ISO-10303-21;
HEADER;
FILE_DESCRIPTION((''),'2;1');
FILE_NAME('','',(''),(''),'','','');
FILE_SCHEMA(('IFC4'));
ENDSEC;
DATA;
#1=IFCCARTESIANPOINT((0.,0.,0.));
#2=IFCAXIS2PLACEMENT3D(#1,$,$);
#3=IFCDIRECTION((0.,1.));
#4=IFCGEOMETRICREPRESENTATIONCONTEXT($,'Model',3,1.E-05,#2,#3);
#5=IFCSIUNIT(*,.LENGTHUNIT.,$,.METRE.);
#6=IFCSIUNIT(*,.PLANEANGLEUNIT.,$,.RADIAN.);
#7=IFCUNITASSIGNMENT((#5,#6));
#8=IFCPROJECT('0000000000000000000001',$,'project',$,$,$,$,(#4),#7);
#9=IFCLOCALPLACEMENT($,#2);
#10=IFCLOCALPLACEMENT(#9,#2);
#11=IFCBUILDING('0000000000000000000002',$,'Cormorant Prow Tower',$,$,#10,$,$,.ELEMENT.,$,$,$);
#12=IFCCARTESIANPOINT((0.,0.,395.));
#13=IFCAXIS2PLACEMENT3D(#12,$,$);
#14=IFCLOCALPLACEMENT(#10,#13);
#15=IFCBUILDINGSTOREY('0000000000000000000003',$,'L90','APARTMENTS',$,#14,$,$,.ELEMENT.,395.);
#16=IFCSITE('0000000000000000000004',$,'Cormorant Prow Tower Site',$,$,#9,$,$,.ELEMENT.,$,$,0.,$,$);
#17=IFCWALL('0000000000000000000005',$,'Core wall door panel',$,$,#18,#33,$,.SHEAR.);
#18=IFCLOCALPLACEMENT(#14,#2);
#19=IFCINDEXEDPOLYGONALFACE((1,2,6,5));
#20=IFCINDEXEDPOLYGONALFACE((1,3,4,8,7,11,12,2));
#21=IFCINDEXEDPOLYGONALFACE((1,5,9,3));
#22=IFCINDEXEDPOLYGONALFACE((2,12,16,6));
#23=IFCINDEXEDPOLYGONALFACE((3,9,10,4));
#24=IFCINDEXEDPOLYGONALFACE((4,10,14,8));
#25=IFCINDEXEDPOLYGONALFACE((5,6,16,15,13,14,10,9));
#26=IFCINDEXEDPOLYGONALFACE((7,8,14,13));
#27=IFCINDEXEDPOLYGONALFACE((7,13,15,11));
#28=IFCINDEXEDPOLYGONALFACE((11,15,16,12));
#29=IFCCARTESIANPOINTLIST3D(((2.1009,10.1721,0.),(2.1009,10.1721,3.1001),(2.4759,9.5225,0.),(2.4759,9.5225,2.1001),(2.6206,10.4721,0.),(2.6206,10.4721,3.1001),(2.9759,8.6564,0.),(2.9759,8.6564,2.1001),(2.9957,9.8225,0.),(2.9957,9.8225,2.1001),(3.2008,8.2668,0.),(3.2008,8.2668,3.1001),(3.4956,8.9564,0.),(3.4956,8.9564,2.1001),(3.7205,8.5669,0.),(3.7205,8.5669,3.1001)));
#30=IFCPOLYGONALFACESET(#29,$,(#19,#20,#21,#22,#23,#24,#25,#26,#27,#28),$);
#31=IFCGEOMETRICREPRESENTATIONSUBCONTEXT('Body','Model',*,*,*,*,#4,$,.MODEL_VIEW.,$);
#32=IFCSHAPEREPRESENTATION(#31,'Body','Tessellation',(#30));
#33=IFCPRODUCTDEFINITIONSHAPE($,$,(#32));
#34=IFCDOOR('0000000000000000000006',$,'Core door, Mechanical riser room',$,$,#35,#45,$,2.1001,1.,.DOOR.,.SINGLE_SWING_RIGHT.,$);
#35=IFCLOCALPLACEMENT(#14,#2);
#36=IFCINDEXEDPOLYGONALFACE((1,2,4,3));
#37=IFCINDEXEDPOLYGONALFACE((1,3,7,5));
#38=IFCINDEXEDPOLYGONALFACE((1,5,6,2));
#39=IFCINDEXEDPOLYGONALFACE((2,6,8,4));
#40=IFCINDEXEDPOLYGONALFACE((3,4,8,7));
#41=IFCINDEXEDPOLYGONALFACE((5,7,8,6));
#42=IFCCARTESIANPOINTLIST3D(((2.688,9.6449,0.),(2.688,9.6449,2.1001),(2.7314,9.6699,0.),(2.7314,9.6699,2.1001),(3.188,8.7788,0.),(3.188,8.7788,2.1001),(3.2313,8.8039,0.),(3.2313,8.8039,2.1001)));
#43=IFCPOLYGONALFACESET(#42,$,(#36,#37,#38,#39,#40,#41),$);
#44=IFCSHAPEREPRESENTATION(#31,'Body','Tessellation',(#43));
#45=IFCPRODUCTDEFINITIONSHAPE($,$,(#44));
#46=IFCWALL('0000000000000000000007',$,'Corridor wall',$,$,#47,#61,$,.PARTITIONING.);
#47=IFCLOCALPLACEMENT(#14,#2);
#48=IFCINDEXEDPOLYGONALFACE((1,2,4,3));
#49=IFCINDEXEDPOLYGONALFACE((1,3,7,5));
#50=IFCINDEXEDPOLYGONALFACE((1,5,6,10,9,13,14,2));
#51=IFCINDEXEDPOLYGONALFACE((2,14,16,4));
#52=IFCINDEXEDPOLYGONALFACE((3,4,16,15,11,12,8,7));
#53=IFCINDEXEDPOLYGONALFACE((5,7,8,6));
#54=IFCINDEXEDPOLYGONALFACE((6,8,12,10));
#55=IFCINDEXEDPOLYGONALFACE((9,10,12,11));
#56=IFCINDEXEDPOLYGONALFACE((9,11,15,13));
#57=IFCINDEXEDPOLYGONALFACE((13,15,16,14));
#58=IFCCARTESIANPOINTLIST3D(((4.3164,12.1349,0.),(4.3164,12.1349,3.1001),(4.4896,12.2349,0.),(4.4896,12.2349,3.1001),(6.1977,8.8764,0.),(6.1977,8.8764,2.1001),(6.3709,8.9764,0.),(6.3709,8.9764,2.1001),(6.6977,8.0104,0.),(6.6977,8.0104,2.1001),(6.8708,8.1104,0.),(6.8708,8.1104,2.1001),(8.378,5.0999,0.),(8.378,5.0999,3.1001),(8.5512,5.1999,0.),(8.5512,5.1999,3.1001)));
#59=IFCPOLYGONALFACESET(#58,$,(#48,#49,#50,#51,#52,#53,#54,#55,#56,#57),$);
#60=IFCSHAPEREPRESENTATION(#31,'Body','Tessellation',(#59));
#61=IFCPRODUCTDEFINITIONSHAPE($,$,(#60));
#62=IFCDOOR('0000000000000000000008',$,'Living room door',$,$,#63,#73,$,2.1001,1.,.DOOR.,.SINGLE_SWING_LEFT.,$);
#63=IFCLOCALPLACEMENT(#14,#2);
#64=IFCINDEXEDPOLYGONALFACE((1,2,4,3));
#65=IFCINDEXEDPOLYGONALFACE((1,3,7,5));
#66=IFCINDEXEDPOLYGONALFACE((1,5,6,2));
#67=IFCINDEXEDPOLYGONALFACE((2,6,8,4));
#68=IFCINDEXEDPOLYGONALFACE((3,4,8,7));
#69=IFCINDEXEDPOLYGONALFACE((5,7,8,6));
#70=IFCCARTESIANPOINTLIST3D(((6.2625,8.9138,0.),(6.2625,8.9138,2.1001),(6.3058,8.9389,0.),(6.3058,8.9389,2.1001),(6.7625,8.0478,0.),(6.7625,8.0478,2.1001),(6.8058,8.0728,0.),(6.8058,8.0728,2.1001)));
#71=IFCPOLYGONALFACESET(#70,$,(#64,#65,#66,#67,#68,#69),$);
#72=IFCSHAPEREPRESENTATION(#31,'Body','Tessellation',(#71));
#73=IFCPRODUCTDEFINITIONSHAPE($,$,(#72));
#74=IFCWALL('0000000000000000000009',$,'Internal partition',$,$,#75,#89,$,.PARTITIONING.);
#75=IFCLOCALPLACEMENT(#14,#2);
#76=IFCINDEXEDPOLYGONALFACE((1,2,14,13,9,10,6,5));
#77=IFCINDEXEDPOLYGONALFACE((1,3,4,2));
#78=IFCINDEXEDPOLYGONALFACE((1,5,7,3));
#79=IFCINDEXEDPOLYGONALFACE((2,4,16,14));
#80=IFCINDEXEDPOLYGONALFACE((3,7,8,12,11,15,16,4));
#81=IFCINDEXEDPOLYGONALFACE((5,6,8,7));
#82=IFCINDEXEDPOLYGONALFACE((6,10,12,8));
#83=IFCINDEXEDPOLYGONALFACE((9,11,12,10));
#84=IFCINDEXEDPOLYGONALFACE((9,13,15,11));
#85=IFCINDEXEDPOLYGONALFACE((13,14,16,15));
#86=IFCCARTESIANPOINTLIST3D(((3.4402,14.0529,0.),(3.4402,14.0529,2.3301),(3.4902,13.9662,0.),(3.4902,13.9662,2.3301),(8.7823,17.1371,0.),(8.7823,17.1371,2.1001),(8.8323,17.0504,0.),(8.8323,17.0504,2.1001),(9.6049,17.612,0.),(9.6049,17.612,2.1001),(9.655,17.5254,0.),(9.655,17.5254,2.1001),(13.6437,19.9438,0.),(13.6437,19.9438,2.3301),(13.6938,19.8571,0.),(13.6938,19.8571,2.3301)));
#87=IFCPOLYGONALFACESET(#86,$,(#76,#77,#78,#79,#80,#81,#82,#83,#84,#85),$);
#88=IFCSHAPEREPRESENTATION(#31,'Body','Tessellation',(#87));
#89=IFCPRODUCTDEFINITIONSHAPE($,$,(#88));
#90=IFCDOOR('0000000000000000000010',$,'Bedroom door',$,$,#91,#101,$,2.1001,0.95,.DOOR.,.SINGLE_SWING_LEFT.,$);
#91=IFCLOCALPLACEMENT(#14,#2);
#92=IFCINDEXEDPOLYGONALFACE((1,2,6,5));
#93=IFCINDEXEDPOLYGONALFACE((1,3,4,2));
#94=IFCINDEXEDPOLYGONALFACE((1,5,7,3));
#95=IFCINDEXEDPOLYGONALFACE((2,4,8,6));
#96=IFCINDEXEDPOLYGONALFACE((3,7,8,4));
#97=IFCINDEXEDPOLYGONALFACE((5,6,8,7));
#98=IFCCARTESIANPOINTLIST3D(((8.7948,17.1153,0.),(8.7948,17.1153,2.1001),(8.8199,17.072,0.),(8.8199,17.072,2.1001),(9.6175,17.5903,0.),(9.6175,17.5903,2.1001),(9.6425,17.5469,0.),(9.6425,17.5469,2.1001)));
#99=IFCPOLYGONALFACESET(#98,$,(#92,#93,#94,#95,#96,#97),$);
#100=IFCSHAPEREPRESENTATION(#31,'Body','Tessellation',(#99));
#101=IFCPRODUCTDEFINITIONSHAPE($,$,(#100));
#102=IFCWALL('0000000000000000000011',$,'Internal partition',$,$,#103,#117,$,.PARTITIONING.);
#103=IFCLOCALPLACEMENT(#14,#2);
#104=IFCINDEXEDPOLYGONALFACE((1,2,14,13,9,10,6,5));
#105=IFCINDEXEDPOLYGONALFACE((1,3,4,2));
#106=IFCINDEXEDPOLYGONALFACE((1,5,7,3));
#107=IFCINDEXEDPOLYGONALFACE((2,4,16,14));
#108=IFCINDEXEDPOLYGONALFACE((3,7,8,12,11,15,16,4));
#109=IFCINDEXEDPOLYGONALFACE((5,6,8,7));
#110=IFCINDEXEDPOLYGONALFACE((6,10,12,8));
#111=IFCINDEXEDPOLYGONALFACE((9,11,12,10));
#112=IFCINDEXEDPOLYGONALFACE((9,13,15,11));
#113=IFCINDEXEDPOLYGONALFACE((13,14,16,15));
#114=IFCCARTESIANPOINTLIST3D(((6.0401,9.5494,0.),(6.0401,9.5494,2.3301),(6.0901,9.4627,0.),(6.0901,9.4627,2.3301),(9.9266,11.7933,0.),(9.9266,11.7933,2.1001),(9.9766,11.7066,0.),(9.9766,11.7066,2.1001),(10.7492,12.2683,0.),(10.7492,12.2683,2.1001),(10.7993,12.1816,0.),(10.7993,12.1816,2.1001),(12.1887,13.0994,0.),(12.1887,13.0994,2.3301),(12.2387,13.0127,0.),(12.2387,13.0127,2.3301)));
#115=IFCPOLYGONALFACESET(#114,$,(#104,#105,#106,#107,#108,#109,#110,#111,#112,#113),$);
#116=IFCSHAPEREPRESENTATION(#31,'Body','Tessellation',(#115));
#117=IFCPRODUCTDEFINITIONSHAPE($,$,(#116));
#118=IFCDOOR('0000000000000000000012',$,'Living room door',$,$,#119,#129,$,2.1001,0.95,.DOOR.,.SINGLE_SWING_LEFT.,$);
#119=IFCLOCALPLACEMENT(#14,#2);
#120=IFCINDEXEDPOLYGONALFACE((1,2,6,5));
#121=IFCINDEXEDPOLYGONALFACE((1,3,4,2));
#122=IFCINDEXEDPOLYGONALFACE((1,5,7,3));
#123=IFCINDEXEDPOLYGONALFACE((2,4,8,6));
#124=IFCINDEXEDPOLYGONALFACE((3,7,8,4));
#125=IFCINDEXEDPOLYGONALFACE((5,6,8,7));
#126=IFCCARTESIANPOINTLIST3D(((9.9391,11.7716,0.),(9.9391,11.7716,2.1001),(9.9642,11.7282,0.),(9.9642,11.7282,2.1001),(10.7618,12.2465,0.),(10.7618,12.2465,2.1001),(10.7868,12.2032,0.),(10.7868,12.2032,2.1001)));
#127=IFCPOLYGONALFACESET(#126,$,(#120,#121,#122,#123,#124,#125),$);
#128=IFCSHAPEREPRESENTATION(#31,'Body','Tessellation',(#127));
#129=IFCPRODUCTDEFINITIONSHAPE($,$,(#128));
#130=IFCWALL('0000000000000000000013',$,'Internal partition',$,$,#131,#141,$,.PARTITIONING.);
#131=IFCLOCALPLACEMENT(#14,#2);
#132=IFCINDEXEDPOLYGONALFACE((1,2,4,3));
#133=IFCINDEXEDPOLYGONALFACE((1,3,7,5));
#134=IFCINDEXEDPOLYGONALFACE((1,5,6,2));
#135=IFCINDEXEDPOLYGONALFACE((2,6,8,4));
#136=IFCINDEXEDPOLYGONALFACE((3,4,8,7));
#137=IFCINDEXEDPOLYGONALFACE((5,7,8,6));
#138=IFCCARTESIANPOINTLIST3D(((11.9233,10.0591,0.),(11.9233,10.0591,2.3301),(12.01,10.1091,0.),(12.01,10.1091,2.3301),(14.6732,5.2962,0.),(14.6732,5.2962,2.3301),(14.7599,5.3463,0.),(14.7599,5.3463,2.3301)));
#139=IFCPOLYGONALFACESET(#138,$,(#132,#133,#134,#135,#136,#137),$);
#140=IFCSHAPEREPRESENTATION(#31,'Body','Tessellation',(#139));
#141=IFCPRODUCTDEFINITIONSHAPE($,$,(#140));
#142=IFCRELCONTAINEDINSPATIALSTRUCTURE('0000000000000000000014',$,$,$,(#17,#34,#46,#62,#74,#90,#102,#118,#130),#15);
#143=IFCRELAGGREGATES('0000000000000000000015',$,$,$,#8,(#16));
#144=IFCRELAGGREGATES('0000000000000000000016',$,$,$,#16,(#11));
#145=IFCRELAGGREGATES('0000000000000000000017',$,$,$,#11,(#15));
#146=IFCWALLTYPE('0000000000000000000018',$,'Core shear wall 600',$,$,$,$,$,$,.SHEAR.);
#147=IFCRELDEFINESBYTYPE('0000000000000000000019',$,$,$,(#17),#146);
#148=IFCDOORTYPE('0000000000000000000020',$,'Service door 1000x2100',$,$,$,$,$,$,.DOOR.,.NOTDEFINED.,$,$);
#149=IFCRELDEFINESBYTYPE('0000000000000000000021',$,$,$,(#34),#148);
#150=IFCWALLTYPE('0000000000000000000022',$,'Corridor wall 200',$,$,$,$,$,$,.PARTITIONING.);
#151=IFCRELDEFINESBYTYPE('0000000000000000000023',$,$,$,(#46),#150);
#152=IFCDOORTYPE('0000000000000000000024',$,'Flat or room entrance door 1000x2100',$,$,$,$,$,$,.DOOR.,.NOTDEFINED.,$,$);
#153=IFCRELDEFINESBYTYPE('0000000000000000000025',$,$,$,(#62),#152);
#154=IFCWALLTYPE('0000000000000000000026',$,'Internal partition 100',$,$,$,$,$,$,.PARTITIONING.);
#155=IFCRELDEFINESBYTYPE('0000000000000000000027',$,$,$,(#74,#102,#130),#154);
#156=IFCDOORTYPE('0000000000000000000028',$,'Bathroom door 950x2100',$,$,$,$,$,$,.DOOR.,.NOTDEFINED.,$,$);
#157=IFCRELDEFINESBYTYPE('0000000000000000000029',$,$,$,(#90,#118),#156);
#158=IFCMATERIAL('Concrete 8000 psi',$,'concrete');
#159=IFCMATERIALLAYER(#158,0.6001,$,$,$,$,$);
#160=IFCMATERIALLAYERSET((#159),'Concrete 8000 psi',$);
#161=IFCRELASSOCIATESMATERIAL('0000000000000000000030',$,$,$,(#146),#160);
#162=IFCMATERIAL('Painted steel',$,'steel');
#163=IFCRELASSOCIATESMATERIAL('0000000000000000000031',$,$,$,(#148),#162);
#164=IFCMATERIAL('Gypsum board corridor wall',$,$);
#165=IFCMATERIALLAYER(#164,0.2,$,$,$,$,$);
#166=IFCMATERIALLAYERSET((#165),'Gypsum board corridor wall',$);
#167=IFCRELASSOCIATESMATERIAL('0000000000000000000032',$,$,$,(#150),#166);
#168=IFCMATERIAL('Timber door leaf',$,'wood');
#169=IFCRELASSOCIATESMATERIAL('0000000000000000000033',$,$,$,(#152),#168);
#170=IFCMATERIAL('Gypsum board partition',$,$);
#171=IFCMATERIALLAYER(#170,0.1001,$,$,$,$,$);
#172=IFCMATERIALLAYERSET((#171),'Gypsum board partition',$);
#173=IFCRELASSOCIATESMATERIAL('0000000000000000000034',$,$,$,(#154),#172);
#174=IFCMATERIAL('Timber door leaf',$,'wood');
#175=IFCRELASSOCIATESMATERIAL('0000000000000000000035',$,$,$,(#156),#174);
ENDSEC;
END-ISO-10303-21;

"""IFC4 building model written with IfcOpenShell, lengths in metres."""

from ifc_helpers import new_model, si_unit, direction, frame, frame_2d, origin, place, context, subcontext, project, spatial, rectangle, extrude, material, layer, layer_set, type_object, element, fill, save


model = new_model("IFC4")

# Units and contexts
model_context = context("Model", 3, precision=1e-05, world=origin(), true_north=direction((0.0, 1.0)))
body_context = subcontext(model_context, "Body", "Model", "MODEL_VIEW")
ifc_project = project(units=[si_unit("LENGTHUNIT", "METRE"), si_unit("PLANEANGLEUNIT", "RADIAN")], contexts=[model_context])

# Site, building, storey
site_placement = place(None, origin())
site = spatial("IfcSite", under=ifc_project, at=site_placement, Name="Cormorant Prow Tower Site", CompositionType="ELEMENT", RefElevation=0.0)
building_placement = place(site_placement, origin())
building = spatial("IfcBuilding", under=site, at=building_placement, Name="Cormorant Prow Tower", CompositionType="ELEMENT")
storey_placement = place(building_placement, frame((0.0, 0.0, 395.0)))
storey = spatial("IfcBuildingStorey", under=building, at=storey_placement, Name="L90", Description="APARTMENTS", CompositionType="ELEMENT", Elevation=395.0)

# Shared definitions
ifc_material_1 = material(Name="Concrete 8000 psi", Category="concrete")
ifc_layer_1 = layer(ifc_material_1, 0.6001)
ifc_layer_set_1 = layer_set([ifc_layer_1], Name="Concrete 8000 psi")
wall_type_1 = type_object("IfcWallType", Name="Core shear wall 600", PredefinedType="SHEAR", material=ifc_layer_set_1)

# Walls, openings, doors
wall_1_placement = place(storey_placement, frame((3.4607, 8.4167, 0.0), z_axis=(0.0, 0.0, 1.0), x_axis=(-0.499947, 0.866056, 0.0)))
wall_1 = element("IfcWall", 1, at=wall_1_placement, inside=storey, type_object=wall_type_1, Name="Core wall door panel", PredefinedType="SHEAR", context=body_context, shape_type="SweptSolid", body=[
    extrude(rectangle(XDim=2.2, YDim=0.6001, at=frame_2d((1.1001, 0.0))), origin(), (0.0, 0.0, 1.0), 3.1001),
])
opening_1_placement = place(wall_1_placement, frame((0.45, 0.0, 0.0)))
opening_1 = element("IfcOpeningElement", 2, at=opening_1_placement, cuts=wall_1, PredefinedType="OPENING", context=body_context, shape_type="SweptSolid", body=[
    extrude(rectangle(XDim=1.0, YDim=2.1001, at=frame_2d((0.5, 1.05))), frame((0.0, 0.3101, 0.0), z_axis=(0.0, -1.0, 0.0), x_axis=(1.0, 0.0, 0.0)), (0.0, 0.0, 1.0), 0.6201),
])
ifc_material_2 = material(Name="Painted steel", Category="steel")
door_type_1 = type_object("IfcDoorType", Name="Service door 1000x2100", OperationType="NOTDEFINED", PredefinedType="DOOR", material=ifc_material_2)
door_1_placement = place(opening_1_placement, origin())
door_1 = element("IfcDoor", 3, at=door_1_placement, inside=storey, type_object=door_type_1, Name="Core door, Mechanical riser room", OperationType="SINGLE_SWING_RIGHT", OverallHeight=2.1001, OverallWidth=1.0, PredefinedType="DOOR", context=body_context, shape_type="SweptSolid", body=[
    extrude(rectangle(XDim=1.0, YDim=2.1001, at=frame_2d((0.5, 1.05))), frame((0.0, 0.0552, 0.0), z_axis=(0.0, -1.0, 0.0), x_axis=(1.0, 0.0, 0.0)), (0.0, 0.0, 1.0), 0.05),
])
fill(opening_1, door_1)
ifc_material_3 = material(Name="Gypsum board corridor wall")
ifc_layer_2 = layer(ifc_material_3, 0.2)
ifc_layer_set_2 = layer_set([ifc_layer_2], Name="Gypsum board corridor wall")
wall_type_2 = type_object("IfcWallType", Name="Corridor wall 200", PredefinedType="PARTITIONING", material=ifc_layer_set_2)
wall_2_placement = place(storey_placement, frame((4.4031, 12.1848, 0.0), z_axis=(0.0, 0.0, 1.0), x_axis=(0.499992, -0.86603, 0.0)))
wall_2 = element("IfcWall", 4, at=wall_2_placement, inside=storey, type_object=wall_type_2, Name="Corridor wall", PredefinedType="PARTITIONING", context=body_context, shape_type="SweptSolid", body=[
    extrude(rectangle(XDim=8.1233, YDim=0.2, at=frame_2d((4.0615, 0.0))), origin(), (0.0, 0.0, 1.0), 3.1001),
])
opening_2_placement = place(wall_2_placement, frame((3.7625, 0.0, 0.0)))
opening_2 = element("IfcOpeningElement", 5, at=opening_2_placement, cuts=wall_2, PredefinedType="OPENING", context=body_context, shape_type="SweptSolid", body=[
    extrude(rectangle(XDim=1.0, YDim=2.1001, at=frame_2d((0.5, 1.05))), frame((0.0, 0.1099, 0.0), z_axis=(0.0, -1.0, 0.0), x_axis=(1.0, 0.0, 0.0)), (0.0, 0.0, 1.0), 0.22),
])
ifc_material_4 = material(Name="Timber door leaf", Category="wood")
door_type_2 = type_object("IfcDoorType", Name="Flat or room entrance door 1000x2100", OperationType="NOTDEFINED", PredefinedType="DOOR", material=ifc_material_4)
door_2_placement = place(opening_2_placement, origin())
door_2 = element("IfcDoor", 6, at=door_2_placement, inside=storey, type_object=door_type_2, Name="Living room door", OperationType="SINGLE_SWING_LEFT", OverallHeight=2.1001, OverallWidth=1.0, PredefinedType="DOOR", context=body_context, shape_type="SweptSolid", body=[
    extrude(rectangle(XDim=1.0, YDim=2.1001, at=frame_2d((0.5, 1.05))), frame((0.0, 0.0249, 0.0), z_axis=(0.0, -1.0, 0.0), x_axis=(1.0, 0.0, 0.0)), (0.0, 0.0, 1.0), 0.05),
])
fill(opening_2, door_2)
ifc_material_5 = material(Name="Gypsum board partition")
ifc_layer_3 = layer(ifc_material_5, 0.1001)
ifc_layer_set_3 = layer_set([ifc_layer_3], Name="Gypsum board partition")
wall_type_3 = type_object("IfcWallType", Name="Internal partition 100", PredefinedType="PARTITIONING", material=ifc_layer_set_3)
wall_3_placement = place(storey_placement, frame((3.4651, 14.0095, 0.0), z_axis=(0.0, 0.0, 1.0), x_axis=(0.866032, 0.499988, 0.0)))
wall_3 = element("IfcWall", 7, at=wall_3_placement, inside=storey, type_object=wall_type_3, Name="Internal partition", PredefinedType="PARTITIONING", context=body_context, shape_type="SweptSolid", body=[
    extrude(rectangle(XDim=11.782, YDim=0.1001, at=frame_2d((5.8911, 0.0))), origin(), (0.0, 0.0, 1.0), 2.3301),
])
opening_3_placement = place(wall_3_placement, frame((6.1685, 0.0, 0.0)))
opening_3 = element("IfcOpeningElement", 8, at=opening_3_placement, cuts=wall_3, PredefinedType="OPENING", context=body_context, shape_type="SweptSolid", body=[
    extrude(rectangle(XDim=0.95, YDim=2.1001, at=frame_2d((0.4751, 1.05))), frame((0.0, 0.0601, 0.0), z_axis=(0.0, -1.0, 0.0), x_axis=(1.0, 0.0, 0.0)), (0.0, 0.0, 1.0), 0.1201),
])
ifc_material_6 = material(Name="Timber door leaf", Category="wood")
door_type_3 = type_object("IfcDoorType", Name="Bathroom door 950x2100", OperationType="NOTDEFINED", PredefinedType="DOOR", material=ifc_material_6)
door_3_placement = place(opening_3_placement, origin())
door_3 = element("IfcDoor", 9, at=door_3_placement, inside=storey, type_object=door_type_3, Name="Bedroom door", OperationType="SINGLE_SWING_LEFT", OverallHeight=2.1001, OverallWidth=0.95, PredefinedType="DOOR", context=body_context, shape_type="SweptSolid", body=[
    extrude(rectangle(XDim=0.95, YDim=2.1001, at=frame_2d((0.4751, 1.05))), frame((0.0, 0.0249, 0.0), z_axis=(0.0, -1.0, 0.0), x_axis=(1.0, 0.0, 0.0)), (0.0, 0.0, 1.0), 0.05),
])
fill(opening_3, door_3)
wall_4_placement = place(storey_placement, frame((6.0652, 9.5061, 0.0), z_axis=(0.0, 0.0, 1.0), x_axis=(0.866019, 0.500011, 0.0)))
wall_4 = element("IfcWall", 10, at=wall_4_placement, inside=storey, type_object=wall_type_3, Name="Internal partition", PredefinedType="PARTITIONING", context=body_context, shape_type="SweptSolid", body=[
    extrude(rectangle(XDim=7.0999, YDim=0.1001, at=frame_2d((3.5498, 0.0))), origin(), (0.0, 0.0, 1.0), 2.3301),
])
opening_4_placement = place(wall_4_placement, frame((4.4875, 0.0, 0.0)))
opening_4 = element("IfcOpeningElement", 11, at=opening_4_placement, cuts=wall_4, PredefinedType="OPENING", context=body_context, shape_type="SweptSolid", body=[
    extrude(rectangle(XDim=0.95, YDim=2.1001, at=frame_2d((0.4751, 1.05))), frame((0.0, 0.0601, 0.0), z_axis=(0.0, -1.0, 0.0), x_axis=(1.0, 0.0, 0.0)), (0.0, 0.0, 1.0), 0.1201),
])
door_4_placement = place(opening_4_placement, origin())
door_4 = element("IfcDoor", 12, at=door_4_placement, inside=storey, type_object=door_type_3, Name="Living room door", OperationType="SINGLE_SWING_LEFT", OverallHeight=2.1001, OverallWidth=0.95, PredefinedType="DOOR", context=body_context, shape_type="SweptSolid", body=[
    extrude(rectangle(XDim=0.95, YDim=2.1001, at=frame_2d((0.4751, 1.05))), frame((0.0, 0.0249, 0.0), z_axis=(0.0, -1.0, 0.0), x_axis=(1.0, 0.0, 0.0)), (0.0, 0.0, 1.0), 0.05),
])
fill(opening_4, door_4)

# Wall
wall_5_placement = place(storey_placement, frame((11.9666, 10.0842, 0.0), z_axis=(0.0, 0.0, 1.0), x_axis=(0.500016, -0.866016, 0.0)))
element("IfcWall", 13, at=wall_5_placement, inside=storey, type_object=wall_type_3, Name="Internal partition", PredefinedType="PARTITIONING", context=body_context, shape_type="SweptSolid", body=[
    extrude(rectangle(XDim=5.4998, YDim=0.1001, at=frame_2d((2.75, 0.0))), origin(), (0.0, 0.0, 1.0), 2.3301),
])

save(model, "model.ifc")
